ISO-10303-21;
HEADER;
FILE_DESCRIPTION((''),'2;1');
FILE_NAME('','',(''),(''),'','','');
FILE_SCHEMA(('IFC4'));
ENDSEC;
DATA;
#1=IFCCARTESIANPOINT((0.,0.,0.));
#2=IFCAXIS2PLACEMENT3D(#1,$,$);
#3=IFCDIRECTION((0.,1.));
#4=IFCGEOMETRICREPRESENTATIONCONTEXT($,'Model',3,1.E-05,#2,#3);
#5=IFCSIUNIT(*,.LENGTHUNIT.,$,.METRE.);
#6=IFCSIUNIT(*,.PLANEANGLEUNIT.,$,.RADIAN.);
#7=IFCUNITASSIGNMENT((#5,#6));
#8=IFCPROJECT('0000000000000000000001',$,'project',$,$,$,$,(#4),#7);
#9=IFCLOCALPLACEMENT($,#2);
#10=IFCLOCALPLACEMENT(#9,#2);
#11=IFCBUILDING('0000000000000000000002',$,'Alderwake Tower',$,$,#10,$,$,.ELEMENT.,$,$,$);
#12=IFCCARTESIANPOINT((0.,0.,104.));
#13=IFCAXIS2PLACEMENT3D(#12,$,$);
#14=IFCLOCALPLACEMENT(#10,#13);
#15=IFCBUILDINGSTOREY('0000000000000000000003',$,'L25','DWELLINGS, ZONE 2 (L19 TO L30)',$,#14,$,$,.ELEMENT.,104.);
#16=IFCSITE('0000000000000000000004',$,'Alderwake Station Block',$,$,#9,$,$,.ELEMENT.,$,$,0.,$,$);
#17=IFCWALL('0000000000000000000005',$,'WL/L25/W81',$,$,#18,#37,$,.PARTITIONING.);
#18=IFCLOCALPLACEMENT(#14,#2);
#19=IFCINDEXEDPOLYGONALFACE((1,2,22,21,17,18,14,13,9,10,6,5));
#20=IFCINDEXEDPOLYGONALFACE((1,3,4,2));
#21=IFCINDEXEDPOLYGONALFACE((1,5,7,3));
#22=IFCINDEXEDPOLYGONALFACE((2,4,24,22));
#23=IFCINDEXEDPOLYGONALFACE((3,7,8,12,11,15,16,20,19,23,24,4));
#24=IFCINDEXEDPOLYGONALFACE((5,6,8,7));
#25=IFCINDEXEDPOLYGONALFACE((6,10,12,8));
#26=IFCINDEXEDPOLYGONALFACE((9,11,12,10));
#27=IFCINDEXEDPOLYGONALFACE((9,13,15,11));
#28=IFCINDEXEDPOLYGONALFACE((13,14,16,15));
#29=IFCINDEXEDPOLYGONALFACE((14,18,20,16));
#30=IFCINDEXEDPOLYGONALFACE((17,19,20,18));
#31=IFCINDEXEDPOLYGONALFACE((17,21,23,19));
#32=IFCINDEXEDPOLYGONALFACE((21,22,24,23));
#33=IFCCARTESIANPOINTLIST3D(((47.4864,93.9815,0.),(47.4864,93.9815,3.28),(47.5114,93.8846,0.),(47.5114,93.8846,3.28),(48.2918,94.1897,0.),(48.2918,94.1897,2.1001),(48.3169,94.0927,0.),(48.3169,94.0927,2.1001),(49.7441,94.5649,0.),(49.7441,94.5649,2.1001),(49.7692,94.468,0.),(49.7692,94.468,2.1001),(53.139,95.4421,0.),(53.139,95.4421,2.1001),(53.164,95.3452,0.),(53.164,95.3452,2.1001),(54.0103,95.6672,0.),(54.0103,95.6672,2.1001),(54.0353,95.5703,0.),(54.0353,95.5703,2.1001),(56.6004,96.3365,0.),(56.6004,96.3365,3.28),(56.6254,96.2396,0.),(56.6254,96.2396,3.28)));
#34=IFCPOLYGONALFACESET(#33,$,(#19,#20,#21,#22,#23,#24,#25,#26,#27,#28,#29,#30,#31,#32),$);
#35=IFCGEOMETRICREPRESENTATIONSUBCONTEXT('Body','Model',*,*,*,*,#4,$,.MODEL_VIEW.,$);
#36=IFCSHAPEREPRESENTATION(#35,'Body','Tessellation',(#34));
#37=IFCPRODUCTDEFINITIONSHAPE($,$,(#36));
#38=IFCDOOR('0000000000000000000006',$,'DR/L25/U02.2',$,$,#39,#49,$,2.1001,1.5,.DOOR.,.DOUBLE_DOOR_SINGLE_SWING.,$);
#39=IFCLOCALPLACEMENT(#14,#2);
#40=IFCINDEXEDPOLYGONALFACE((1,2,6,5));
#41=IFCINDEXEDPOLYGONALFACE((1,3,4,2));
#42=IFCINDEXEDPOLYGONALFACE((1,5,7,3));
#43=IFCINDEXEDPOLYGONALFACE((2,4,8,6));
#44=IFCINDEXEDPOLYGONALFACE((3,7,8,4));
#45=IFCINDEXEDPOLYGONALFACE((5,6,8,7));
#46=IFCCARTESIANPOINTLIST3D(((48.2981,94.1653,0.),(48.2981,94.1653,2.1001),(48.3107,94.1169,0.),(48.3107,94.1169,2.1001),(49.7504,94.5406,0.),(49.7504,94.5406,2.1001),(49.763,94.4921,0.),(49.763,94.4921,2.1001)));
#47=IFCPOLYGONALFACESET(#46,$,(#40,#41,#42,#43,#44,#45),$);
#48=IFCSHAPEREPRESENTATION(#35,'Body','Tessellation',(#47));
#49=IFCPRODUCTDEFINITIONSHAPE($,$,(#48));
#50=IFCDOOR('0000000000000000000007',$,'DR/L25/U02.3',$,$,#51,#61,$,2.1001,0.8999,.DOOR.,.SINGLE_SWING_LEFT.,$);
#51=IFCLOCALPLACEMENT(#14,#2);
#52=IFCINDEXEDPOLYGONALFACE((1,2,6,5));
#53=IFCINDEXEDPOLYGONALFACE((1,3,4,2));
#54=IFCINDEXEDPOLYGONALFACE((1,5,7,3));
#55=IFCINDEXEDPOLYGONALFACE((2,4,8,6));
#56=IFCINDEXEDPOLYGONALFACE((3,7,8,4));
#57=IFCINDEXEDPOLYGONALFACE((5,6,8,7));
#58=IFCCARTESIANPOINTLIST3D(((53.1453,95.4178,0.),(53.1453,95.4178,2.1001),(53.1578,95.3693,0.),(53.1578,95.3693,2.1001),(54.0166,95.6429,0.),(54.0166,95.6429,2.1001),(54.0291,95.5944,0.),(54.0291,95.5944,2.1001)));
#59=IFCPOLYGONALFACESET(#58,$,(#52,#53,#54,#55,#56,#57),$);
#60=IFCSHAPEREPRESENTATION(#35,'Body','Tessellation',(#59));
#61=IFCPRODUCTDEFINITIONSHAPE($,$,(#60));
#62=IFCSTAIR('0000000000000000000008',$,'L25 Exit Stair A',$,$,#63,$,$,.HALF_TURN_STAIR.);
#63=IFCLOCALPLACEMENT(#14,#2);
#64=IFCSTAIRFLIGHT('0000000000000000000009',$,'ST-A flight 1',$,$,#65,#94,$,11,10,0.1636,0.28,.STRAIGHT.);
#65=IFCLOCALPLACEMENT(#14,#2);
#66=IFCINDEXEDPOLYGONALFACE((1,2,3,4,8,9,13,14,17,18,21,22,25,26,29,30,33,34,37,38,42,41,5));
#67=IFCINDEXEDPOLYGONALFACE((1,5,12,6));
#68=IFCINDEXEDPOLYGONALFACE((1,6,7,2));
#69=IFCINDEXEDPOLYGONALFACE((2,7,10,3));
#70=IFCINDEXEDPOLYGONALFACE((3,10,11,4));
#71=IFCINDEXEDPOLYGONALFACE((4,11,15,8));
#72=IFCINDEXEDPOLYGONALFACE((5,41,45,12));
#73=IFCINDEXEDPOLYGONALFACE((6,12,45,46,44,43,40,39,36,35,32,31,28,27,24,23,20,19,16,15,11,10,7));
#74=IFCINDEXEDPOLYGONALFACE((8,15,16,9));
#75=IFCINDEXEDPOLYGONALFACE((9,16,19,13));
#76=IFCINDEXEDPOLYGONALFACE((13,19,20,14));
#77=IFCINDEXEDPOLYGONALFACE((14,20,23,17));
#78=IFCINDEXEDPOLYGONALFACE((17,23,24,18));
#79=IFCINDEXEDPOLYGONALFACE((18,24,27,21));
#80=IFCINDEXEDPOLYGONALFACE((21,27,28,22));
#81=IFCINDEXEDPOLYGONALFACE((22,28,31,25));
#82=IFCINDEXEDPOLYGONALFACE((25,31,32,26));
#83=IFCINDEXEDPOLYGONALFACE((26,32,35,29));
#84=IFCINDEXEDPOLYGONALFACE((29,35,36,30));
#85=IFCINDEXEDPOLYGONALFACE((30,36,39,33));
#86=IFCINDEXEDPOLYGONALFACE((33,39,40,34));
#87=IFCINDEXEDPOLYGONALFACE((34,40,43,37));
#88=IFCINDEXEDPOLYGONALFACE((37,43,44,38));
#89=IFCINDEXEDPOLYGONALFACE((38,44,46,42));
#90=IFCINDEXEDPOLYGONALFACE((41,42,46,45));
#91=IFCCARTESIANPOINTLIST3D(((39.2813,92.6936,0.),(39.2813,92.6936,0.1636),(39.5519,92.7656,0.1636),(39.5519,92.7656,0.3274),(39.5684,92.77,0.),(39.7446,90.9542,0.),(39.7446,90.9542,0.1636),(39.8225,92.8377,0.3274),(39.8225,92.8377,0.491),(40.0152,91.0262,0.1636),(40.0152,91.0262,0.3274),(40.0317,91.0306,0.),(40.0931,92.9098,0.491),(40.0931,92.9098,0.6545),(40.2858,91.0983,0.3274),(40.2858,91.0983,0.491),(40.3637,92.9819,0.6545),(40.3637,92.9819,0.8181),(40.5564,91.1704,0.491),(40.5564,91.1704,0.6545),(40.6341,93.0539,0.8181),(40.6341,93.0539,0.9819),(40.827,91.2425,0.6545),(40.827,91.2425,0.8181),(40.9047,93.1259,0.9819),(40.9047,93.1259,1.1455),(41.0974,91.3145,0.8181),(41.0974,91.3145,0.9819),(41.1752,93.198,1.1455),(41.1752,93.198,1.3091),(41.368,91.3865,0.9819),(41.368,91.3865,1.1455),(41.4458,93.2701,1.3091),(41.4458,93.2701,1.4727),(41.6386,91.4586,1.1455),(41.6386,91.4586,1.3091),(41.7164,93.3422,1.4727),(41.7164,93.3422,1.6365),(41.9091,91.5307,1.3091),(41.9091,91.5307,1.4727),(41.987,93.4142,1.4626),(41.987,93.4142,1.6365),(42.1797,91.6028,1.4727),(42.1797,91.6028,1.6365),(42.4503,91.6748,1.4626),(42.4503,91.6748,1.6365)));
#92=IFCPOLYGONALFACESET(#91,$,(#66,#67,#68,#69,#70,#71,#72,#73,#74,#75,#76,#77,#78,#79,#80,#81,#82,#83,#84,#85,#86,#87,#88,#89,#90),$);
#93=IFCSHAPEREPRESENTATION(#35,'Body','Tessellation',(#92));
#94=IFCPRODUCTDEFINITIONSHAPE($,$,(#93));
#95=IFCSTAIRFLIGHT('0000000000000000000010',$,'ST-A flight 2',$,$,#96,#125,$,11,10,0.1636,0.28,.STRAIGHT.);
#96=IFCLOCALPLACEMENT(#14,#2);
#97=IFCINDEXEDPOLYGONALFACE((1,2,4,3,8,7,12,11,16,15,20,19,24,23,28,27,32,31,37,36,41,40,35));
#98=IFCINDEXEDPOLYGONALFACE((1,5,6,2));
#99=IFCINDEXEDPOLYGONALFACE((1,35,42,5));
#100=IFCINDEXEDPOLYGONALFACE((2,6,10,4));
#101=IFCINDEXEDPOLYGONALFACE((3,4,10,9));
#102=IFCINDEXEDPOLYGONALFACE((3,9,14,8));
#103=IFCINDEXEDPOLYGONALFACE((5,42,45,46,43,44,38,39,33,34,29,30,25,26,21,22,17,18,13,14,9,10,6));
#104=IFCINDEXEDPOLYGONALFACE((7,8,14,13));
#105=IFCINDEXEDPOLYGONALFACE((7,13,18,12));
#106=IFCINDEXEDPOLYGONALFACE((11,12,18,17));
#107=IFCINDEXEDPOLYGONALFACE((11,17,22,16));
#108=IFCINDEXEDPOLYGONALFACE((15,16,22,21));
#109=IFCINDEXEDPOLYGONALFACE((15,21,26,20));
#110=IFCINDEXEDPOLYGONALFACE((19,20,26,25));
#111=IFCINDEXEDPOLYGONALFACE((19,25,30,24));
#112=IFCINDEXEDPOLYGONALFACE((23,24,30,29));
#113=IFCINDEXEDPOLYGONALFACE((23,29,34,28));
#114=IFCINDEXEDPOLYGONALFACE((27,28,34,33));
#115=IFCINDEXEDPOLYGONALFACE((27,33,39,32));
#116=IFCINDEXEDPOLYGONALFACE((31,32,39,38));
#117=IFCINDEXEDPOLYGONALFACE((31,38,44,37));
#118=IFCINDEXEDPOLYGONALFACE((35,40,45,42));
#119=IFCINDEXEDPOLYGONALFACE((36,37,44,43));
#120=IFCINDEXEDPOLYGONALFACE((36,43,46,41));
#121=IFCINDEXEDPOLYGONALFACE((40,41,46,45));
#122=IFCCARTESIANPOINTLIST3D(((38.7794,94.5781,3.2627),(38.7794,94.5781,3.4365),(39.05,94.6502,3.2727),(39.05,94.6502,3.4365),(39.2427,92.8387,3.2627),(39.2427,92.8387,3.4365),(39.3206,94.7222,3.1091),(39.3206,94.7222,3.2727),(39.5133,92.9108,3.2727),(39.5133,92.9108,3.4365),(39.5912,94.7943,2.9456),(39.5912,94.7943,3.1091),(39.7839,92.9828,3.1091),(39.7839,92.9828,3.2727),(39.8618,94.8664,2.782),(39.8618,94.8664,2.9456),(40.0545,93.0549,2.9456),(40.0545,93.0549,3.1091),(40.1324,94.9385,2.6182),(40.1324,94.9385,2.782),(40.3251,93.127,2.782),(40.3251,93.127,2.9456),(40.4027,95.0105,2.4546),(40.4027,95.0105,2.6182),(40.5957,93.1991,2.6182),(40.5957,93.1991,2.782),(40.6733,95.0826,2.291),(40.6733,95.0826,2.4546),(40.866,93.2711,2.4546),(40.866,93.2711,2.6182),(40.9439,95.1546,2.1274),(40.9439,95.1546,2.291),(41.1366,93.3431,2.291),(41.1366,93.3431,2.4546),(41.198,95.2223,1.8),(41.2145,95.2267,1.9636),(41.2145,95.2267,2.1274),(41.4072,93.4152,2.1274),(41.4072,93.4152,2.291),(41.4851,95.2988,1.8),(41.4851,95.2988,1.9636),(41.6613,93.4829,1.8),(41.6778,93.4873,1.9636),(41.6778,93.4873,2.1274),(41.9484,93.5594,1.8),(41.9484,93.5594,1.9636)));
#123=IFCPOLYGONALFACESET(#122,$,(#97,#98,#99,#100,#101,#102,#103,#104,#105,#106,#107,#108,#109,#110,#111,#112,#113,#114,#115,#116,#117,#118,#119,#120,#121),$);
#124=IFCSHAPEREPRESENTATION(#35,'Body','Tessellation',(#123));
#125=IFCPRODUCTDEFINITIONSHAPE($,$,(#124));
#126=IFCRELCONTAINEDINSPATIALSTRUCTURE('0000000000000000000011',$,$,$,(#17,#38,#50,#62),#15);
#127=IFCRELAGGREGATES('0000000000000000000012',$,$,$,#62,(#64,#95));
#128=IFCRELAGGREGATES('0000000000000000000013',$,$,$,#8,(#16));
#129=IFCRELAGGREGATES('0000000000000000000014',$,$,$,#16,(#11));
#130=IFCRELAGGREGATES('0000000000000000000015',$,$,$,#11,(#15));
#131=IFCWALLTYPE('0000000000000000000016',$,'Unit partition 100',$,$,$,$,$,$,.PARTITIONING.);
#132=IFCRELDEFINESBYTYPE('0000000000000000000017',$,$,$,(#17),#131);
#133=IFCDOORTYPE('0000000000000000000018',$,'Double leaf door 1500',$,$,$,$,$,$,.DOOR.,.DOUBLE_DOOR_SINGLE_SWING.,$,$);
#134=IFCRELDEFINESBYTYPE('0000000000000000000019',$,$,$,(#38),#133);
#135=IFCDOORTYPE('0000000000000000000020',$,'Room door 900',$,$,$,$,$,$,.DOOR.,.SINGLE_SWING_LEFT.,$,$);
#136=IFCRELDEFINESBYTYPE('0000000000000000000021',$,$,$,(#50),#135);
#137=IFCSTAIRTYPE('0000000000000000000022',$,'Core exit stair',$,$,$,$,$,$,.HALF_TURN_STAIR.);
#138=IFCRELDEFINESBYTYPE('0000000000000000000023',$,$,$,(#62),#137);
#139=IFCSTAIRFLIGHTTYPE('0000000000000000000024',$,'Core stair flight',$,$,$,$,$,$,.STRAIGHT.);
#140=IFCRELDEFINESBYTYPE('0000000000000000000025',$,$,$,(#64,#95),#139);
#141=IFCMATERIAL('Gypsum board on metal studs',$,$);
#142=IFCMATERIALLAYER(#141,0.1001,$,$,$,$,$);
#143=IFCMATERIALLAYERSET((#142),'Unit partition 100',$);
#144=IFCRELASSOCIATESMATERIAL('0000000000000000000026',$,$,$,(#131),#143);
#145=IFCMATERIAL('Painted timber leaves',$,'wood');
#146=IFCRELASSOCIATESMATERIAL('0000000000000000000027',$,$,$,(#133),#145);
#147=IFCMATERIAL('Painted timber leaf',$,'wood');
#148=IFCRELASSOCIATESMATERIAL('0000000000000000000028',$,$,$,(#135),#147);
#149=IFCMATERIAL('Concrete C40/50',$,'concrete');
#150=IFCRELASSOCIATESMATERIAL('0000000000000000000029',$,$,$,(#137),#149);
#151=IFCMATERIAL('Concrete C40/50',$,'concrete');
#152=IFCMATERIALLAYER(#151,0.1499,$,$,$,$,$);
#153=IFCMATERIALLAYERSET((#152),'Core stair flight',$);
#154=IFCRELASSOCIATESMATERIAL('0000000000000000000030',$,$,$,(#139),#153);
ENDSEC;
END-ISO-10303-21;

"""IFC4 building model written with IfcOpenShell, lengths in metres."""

from ifc_helpers import new_model, si_unit, direction, frame, frame_2d, origin, place, context, subcontext, project, spatial, polyline, rectangle, outline, extrude, material, layer, layer_set, type_object, element, fill, aggregate, save


model = new_model("IFC4")

# Units and contexts
model_context = context("Model", 3, precision=1e-05, world=origin(), true_north=direction((0.0, 1.0)))
body_context = subcontext(model_context, "Body", "Model", "MODEL_VIEW")
ifc_project = project(units=[si_unit("LENGTHUNIT", "METRE"), si_unit("PLANEANGLEUNIT", "RADIAN")], contexts=[model_context])

# Site, building, storey
site_placement = place(None, origin())
site = spatial("IfcSite", under=ifc_project, at=site_placement, Name="Alderwake Station Block", CompositionType="ELEMENT", RefElevation=0.0)
building_placement = place(site_placement, origin())
building = spatial("IfcBuilding", under=site, at=building_placement, Name="Alderwake Tower", CompositionType="ELEMENT")
storey_placement = place(building_placement, frame((0.0, 0.0, 104.0)))
storey = spatial("IfcBuildingStorey", under=building, at=storey_placement, Name="L25", Description="DWELLINGS, ZONE 2 (L19 TO L30)", CompositionType="ELEMENT", Elevation=104.0)

# Wall, openings, doors
ifc_material_1 = material(Name="Gypsum board on metal studs")
ifc_layer_1 = layer(ifc_material_1, 0.1001)
ifc_layer_set_1 = layer_set([ifc_layer_1], Name="Unit partition 100")
wall_type_1 = type_object("IfcWallType", Name="Unit partition 100", PredefinedType="PARTITIONING", material=ifc_layer_set_1)
wall_1_placement = place(storey_placement, frame((47.499, 93.9331, 0.0), z_axis=(0.0, 0.0, 1.0), x_axis=(0.968201, 0.250175, 0.0)))
wall_1 = element("IfcWall", 1, at=wall_1_placement, inside=storey, type_object=wall_type_1, Name="WL/L25/W81", PredefinedType="PARTITIONING", context=body_context, shape_type="SweptSolid", body=[
    extrude(rectangle(XDim=9.4133, YDim=0.1001, at=frame_2d((4.7065, 0.0))), origin(), (0.0, 0.0, 1.0), 3.28),
])
opening_1_placement = place(wall_1_placement, frame((0.8318, 0.0, 0.0)))
opening_1 = element("IfcOpeningElement", 2, at=opening_1_placement, cuts=wall_1, PredefinedType="OPENING", context=body_context, shape_type="SweptSolid", body=[
    extrude(rectangle(XDim=1.5, YDim=2.1001, at=frame_2d((0.75, 1.05))), frame((0.0, 0.0601, 0.0), z_axis=(0.0, -1.0, 0.0), x_axis=(1.0, 0.0, 0.0)), (0.0, 0.0, 1.0), 0.1201),
])
opening_2_placement = place(wall_1_placement, frame((5.8381, 0.0, 0.0)))
opening_2 = element("IfcOpeningElement", 3, at=opening_2_placement, cuts=wall_1, PredefinedType="OPENING", context=body_context, shape_type="SweptSolid", body=[
    extrude(rectangle(XDim=0.8999, YDim=2.1001, at=frame_2d((0.45, 1.05))), frame((0.0, 0.0601, 0.0), z_axis=(0.0, -1.0, 0.0), x_axis=(1.0, 0.0, 0.0)), (0.0, 0.0, 1.0), 0.1201),
])
ifc_material_2 = material(Name="Painted timber leaves", Category="wood")
door_type_1 = type_object("IfcDoorType", Name="Double leaf door 1500", OperationType="DOUBLE_DOOR_SINGLE_SWING", PredefinedType="DOOR", material=ifc_material_2)
door_1_placement = place(opening_1_placement, origin())
door_1 = element("IfcDoor", 4, at=door_1_placement, inside=storey, type_object=door_type_1, Name="DR/L25/U02.2", OperationType="DOUBLE_DOOR_SINGLE_SWING", OverallHeight=2.1001, OverallWidth=1.5, PredefinedType="DOOR", context=body_context, shape_type="SweptSolid", body=[
    extrude(rectangle(XDim=1.5, YDim=2.1001, at=frame_2d((0.75, 1.05))), frame((0.0, 0.0249, 0.0), z_axis=(0.0, -1.0, 0.0), x_axis=(1.0, 0.0, 0.0)), (0.0, 0.0, 1.0), 0.05),
])
fill(opening_1, door_1)
ifc_material_3 = material(Name="Painted timber leaf", Category="wood")
door_type_2 = type_object("IfcDoorType", Name="Room door 900", OperationType="SINGLE_SWING_LEFT", PredefinedType="DOOR", material=ifc_material_3)
door_2_placement = place(opening_2_placement, origin())
door_2 = element("IfcDoor", 5, at=door_2_placement, inside=storey, type_object=door_type_2, Name="DR/L25/U02.3", OperationType="SINGLE_SWING_LEFT", OverallHeight=2.1001, OverallWidth=0.8999, PredefinedType="DOOR", context=body_context, shape_type="SweptSolid", body=[
    extrude(rectangle(XDim=0.8999, YDim=2.1001, at=frame_2d((0.45, 1.05))), frame((0.0, 0.0249, 0.0), z_axis=(0.0, -1.0, 0.0), x_axis=(1.0, 0.0, 0.0)), (0.0, 0.0, 1.0), 0.05),
])
fill(opening_2, door_2)

# Stair, stair flights
ifc_material_4 = material(Name="Concrete C40/50", Category="concrete")
stair_type = type_object("IfcStairType", Name="Core exit stair", PredefinedType="HALF_TURN_STAIR", material=ifc_material_4)
stair_placement = place(storey_placement, origin())
stair = element("IfcStair", 6, at=stair_placement, inside=storey, type_object=stair_type, Name="L25 Exit Stair A", PredefinedType="HALF_TURN_STAIR")
ifc_material_5 = material(Name="Concrete C40/50", Category="concrete")
ifc_layer_2 = layer(ifc_material_5, 0.1499)
ifc_layer_set_2 = layer_set([ifc_layer_2], Name="Core stair flight")
stair_flight_type = type_object("IfcStairFlightType", Name="Core stair flight", PredefinedType="STRAIGHT", material=ifc_layer_set_2)
stair_flight_1_placement = place(storey_placement, frame((39.5129, 91.824, 0.0), z_axis=(0.0, 0.0, 1.0), x_axis=(0.96631, 0.257382, 0.0)))
stair_flight_1 = element("IfcStairFlight", 7, at=stair_flight_1_placement, type_object=stair_flight_type, Name="ST-A flight 1", NumberOfRisers=11, NumberOfTreads=10, PredefinedType="STRAIGHT", RiserHeight=0.1636, TreadLength=0.28, context=body_context, shape_type="SweptSolid", body=[
    extrude(outline(polyline([(0.0, 0.0), (0.0, 0.1636), (0.28, 0.1636), (0.28, 0.3274), (0.5601, 0.3274), (0.5601, 0.491), (0.8401, 0.491), (0.8401, 0.6545), (1.1201, 0.6545), (1.1201, 0.8181), (1.3999, 0.8181), (1.3999, 0.9819), (1.6799, 0.9819), (1.6799, 1.1455), (1.96, 1.1455), (1.96, 1.3091), (2.24, 1.3091), (2.24, 1.4727), (2.52, 1.4727), (2.52, 1.6365), (2.8, 1.6365), (2.8, 1.8), (2.8, 1.4626), (0.2971, 0.0), (0.0, 0.0)])), frame((0.0, 0.8999, 0.0), z_axis=(0.0, -1.0, 0.0), x_axis=(1.0, 0.0, 0.0)), (0.0, 0.0, 1.0), 1.8),
])
stair_flight_2_placement = place(storey_placement, frame((41.7168, 94.429, 1.8), z_axis=(0.0, 0.0, 1.0), x_axis=(-0.96631, -0.257382, 0.0)))
stair_flight_2 = element("IfcStairFlight", 8, at=stair_flight_2_placement, type_object=stair_flight_type, Name="ST-A flight 2", NumberOfRisers=11, NumberOfTreads=10, PredefinedType="STRAIGHT", RiserHeight=0.1636, TreadLength=0.28, context=body_context, shape_type="SweptSolid", body=[
    extrude(outline(polyline([(0.0, 0.0), (0.0, 0.1636), (0.28, 0.1636), (0.28, 0.3274), (0.5601, 0.3274), (0.5601, 0.491), (0.8401, 0.491), (0.8401, 0.6545), (1.1201, 0.6545), (1.1201, 0.8181), (1.3999, 0.8181), (1.3999, 0.9819), (1.6799, 0.9819), (1.6799, 1.1455), (1.96, 1.1455), (1.96, 1.3091), (2.24, 1.3091), (2.24, 1.4727), (2.52, 1.4727), (2.52, 1.6365), (2.8, 1.6365), (2.8, 1.8), (2.8, 1.4626), (0.2971, 0.0), (0.0, 0.0)])), frame((0.0, 0.8999, 0.0), z_axis=(0.0, -1.0, 0.0), x_axis=(1.0, 0.0, 0.0)), (0.0, 0.0, 1.0), 1.8),
])
aggregate(stair, [stair_flight_1, stair_flight_2])

save(model, "model.ifc")
